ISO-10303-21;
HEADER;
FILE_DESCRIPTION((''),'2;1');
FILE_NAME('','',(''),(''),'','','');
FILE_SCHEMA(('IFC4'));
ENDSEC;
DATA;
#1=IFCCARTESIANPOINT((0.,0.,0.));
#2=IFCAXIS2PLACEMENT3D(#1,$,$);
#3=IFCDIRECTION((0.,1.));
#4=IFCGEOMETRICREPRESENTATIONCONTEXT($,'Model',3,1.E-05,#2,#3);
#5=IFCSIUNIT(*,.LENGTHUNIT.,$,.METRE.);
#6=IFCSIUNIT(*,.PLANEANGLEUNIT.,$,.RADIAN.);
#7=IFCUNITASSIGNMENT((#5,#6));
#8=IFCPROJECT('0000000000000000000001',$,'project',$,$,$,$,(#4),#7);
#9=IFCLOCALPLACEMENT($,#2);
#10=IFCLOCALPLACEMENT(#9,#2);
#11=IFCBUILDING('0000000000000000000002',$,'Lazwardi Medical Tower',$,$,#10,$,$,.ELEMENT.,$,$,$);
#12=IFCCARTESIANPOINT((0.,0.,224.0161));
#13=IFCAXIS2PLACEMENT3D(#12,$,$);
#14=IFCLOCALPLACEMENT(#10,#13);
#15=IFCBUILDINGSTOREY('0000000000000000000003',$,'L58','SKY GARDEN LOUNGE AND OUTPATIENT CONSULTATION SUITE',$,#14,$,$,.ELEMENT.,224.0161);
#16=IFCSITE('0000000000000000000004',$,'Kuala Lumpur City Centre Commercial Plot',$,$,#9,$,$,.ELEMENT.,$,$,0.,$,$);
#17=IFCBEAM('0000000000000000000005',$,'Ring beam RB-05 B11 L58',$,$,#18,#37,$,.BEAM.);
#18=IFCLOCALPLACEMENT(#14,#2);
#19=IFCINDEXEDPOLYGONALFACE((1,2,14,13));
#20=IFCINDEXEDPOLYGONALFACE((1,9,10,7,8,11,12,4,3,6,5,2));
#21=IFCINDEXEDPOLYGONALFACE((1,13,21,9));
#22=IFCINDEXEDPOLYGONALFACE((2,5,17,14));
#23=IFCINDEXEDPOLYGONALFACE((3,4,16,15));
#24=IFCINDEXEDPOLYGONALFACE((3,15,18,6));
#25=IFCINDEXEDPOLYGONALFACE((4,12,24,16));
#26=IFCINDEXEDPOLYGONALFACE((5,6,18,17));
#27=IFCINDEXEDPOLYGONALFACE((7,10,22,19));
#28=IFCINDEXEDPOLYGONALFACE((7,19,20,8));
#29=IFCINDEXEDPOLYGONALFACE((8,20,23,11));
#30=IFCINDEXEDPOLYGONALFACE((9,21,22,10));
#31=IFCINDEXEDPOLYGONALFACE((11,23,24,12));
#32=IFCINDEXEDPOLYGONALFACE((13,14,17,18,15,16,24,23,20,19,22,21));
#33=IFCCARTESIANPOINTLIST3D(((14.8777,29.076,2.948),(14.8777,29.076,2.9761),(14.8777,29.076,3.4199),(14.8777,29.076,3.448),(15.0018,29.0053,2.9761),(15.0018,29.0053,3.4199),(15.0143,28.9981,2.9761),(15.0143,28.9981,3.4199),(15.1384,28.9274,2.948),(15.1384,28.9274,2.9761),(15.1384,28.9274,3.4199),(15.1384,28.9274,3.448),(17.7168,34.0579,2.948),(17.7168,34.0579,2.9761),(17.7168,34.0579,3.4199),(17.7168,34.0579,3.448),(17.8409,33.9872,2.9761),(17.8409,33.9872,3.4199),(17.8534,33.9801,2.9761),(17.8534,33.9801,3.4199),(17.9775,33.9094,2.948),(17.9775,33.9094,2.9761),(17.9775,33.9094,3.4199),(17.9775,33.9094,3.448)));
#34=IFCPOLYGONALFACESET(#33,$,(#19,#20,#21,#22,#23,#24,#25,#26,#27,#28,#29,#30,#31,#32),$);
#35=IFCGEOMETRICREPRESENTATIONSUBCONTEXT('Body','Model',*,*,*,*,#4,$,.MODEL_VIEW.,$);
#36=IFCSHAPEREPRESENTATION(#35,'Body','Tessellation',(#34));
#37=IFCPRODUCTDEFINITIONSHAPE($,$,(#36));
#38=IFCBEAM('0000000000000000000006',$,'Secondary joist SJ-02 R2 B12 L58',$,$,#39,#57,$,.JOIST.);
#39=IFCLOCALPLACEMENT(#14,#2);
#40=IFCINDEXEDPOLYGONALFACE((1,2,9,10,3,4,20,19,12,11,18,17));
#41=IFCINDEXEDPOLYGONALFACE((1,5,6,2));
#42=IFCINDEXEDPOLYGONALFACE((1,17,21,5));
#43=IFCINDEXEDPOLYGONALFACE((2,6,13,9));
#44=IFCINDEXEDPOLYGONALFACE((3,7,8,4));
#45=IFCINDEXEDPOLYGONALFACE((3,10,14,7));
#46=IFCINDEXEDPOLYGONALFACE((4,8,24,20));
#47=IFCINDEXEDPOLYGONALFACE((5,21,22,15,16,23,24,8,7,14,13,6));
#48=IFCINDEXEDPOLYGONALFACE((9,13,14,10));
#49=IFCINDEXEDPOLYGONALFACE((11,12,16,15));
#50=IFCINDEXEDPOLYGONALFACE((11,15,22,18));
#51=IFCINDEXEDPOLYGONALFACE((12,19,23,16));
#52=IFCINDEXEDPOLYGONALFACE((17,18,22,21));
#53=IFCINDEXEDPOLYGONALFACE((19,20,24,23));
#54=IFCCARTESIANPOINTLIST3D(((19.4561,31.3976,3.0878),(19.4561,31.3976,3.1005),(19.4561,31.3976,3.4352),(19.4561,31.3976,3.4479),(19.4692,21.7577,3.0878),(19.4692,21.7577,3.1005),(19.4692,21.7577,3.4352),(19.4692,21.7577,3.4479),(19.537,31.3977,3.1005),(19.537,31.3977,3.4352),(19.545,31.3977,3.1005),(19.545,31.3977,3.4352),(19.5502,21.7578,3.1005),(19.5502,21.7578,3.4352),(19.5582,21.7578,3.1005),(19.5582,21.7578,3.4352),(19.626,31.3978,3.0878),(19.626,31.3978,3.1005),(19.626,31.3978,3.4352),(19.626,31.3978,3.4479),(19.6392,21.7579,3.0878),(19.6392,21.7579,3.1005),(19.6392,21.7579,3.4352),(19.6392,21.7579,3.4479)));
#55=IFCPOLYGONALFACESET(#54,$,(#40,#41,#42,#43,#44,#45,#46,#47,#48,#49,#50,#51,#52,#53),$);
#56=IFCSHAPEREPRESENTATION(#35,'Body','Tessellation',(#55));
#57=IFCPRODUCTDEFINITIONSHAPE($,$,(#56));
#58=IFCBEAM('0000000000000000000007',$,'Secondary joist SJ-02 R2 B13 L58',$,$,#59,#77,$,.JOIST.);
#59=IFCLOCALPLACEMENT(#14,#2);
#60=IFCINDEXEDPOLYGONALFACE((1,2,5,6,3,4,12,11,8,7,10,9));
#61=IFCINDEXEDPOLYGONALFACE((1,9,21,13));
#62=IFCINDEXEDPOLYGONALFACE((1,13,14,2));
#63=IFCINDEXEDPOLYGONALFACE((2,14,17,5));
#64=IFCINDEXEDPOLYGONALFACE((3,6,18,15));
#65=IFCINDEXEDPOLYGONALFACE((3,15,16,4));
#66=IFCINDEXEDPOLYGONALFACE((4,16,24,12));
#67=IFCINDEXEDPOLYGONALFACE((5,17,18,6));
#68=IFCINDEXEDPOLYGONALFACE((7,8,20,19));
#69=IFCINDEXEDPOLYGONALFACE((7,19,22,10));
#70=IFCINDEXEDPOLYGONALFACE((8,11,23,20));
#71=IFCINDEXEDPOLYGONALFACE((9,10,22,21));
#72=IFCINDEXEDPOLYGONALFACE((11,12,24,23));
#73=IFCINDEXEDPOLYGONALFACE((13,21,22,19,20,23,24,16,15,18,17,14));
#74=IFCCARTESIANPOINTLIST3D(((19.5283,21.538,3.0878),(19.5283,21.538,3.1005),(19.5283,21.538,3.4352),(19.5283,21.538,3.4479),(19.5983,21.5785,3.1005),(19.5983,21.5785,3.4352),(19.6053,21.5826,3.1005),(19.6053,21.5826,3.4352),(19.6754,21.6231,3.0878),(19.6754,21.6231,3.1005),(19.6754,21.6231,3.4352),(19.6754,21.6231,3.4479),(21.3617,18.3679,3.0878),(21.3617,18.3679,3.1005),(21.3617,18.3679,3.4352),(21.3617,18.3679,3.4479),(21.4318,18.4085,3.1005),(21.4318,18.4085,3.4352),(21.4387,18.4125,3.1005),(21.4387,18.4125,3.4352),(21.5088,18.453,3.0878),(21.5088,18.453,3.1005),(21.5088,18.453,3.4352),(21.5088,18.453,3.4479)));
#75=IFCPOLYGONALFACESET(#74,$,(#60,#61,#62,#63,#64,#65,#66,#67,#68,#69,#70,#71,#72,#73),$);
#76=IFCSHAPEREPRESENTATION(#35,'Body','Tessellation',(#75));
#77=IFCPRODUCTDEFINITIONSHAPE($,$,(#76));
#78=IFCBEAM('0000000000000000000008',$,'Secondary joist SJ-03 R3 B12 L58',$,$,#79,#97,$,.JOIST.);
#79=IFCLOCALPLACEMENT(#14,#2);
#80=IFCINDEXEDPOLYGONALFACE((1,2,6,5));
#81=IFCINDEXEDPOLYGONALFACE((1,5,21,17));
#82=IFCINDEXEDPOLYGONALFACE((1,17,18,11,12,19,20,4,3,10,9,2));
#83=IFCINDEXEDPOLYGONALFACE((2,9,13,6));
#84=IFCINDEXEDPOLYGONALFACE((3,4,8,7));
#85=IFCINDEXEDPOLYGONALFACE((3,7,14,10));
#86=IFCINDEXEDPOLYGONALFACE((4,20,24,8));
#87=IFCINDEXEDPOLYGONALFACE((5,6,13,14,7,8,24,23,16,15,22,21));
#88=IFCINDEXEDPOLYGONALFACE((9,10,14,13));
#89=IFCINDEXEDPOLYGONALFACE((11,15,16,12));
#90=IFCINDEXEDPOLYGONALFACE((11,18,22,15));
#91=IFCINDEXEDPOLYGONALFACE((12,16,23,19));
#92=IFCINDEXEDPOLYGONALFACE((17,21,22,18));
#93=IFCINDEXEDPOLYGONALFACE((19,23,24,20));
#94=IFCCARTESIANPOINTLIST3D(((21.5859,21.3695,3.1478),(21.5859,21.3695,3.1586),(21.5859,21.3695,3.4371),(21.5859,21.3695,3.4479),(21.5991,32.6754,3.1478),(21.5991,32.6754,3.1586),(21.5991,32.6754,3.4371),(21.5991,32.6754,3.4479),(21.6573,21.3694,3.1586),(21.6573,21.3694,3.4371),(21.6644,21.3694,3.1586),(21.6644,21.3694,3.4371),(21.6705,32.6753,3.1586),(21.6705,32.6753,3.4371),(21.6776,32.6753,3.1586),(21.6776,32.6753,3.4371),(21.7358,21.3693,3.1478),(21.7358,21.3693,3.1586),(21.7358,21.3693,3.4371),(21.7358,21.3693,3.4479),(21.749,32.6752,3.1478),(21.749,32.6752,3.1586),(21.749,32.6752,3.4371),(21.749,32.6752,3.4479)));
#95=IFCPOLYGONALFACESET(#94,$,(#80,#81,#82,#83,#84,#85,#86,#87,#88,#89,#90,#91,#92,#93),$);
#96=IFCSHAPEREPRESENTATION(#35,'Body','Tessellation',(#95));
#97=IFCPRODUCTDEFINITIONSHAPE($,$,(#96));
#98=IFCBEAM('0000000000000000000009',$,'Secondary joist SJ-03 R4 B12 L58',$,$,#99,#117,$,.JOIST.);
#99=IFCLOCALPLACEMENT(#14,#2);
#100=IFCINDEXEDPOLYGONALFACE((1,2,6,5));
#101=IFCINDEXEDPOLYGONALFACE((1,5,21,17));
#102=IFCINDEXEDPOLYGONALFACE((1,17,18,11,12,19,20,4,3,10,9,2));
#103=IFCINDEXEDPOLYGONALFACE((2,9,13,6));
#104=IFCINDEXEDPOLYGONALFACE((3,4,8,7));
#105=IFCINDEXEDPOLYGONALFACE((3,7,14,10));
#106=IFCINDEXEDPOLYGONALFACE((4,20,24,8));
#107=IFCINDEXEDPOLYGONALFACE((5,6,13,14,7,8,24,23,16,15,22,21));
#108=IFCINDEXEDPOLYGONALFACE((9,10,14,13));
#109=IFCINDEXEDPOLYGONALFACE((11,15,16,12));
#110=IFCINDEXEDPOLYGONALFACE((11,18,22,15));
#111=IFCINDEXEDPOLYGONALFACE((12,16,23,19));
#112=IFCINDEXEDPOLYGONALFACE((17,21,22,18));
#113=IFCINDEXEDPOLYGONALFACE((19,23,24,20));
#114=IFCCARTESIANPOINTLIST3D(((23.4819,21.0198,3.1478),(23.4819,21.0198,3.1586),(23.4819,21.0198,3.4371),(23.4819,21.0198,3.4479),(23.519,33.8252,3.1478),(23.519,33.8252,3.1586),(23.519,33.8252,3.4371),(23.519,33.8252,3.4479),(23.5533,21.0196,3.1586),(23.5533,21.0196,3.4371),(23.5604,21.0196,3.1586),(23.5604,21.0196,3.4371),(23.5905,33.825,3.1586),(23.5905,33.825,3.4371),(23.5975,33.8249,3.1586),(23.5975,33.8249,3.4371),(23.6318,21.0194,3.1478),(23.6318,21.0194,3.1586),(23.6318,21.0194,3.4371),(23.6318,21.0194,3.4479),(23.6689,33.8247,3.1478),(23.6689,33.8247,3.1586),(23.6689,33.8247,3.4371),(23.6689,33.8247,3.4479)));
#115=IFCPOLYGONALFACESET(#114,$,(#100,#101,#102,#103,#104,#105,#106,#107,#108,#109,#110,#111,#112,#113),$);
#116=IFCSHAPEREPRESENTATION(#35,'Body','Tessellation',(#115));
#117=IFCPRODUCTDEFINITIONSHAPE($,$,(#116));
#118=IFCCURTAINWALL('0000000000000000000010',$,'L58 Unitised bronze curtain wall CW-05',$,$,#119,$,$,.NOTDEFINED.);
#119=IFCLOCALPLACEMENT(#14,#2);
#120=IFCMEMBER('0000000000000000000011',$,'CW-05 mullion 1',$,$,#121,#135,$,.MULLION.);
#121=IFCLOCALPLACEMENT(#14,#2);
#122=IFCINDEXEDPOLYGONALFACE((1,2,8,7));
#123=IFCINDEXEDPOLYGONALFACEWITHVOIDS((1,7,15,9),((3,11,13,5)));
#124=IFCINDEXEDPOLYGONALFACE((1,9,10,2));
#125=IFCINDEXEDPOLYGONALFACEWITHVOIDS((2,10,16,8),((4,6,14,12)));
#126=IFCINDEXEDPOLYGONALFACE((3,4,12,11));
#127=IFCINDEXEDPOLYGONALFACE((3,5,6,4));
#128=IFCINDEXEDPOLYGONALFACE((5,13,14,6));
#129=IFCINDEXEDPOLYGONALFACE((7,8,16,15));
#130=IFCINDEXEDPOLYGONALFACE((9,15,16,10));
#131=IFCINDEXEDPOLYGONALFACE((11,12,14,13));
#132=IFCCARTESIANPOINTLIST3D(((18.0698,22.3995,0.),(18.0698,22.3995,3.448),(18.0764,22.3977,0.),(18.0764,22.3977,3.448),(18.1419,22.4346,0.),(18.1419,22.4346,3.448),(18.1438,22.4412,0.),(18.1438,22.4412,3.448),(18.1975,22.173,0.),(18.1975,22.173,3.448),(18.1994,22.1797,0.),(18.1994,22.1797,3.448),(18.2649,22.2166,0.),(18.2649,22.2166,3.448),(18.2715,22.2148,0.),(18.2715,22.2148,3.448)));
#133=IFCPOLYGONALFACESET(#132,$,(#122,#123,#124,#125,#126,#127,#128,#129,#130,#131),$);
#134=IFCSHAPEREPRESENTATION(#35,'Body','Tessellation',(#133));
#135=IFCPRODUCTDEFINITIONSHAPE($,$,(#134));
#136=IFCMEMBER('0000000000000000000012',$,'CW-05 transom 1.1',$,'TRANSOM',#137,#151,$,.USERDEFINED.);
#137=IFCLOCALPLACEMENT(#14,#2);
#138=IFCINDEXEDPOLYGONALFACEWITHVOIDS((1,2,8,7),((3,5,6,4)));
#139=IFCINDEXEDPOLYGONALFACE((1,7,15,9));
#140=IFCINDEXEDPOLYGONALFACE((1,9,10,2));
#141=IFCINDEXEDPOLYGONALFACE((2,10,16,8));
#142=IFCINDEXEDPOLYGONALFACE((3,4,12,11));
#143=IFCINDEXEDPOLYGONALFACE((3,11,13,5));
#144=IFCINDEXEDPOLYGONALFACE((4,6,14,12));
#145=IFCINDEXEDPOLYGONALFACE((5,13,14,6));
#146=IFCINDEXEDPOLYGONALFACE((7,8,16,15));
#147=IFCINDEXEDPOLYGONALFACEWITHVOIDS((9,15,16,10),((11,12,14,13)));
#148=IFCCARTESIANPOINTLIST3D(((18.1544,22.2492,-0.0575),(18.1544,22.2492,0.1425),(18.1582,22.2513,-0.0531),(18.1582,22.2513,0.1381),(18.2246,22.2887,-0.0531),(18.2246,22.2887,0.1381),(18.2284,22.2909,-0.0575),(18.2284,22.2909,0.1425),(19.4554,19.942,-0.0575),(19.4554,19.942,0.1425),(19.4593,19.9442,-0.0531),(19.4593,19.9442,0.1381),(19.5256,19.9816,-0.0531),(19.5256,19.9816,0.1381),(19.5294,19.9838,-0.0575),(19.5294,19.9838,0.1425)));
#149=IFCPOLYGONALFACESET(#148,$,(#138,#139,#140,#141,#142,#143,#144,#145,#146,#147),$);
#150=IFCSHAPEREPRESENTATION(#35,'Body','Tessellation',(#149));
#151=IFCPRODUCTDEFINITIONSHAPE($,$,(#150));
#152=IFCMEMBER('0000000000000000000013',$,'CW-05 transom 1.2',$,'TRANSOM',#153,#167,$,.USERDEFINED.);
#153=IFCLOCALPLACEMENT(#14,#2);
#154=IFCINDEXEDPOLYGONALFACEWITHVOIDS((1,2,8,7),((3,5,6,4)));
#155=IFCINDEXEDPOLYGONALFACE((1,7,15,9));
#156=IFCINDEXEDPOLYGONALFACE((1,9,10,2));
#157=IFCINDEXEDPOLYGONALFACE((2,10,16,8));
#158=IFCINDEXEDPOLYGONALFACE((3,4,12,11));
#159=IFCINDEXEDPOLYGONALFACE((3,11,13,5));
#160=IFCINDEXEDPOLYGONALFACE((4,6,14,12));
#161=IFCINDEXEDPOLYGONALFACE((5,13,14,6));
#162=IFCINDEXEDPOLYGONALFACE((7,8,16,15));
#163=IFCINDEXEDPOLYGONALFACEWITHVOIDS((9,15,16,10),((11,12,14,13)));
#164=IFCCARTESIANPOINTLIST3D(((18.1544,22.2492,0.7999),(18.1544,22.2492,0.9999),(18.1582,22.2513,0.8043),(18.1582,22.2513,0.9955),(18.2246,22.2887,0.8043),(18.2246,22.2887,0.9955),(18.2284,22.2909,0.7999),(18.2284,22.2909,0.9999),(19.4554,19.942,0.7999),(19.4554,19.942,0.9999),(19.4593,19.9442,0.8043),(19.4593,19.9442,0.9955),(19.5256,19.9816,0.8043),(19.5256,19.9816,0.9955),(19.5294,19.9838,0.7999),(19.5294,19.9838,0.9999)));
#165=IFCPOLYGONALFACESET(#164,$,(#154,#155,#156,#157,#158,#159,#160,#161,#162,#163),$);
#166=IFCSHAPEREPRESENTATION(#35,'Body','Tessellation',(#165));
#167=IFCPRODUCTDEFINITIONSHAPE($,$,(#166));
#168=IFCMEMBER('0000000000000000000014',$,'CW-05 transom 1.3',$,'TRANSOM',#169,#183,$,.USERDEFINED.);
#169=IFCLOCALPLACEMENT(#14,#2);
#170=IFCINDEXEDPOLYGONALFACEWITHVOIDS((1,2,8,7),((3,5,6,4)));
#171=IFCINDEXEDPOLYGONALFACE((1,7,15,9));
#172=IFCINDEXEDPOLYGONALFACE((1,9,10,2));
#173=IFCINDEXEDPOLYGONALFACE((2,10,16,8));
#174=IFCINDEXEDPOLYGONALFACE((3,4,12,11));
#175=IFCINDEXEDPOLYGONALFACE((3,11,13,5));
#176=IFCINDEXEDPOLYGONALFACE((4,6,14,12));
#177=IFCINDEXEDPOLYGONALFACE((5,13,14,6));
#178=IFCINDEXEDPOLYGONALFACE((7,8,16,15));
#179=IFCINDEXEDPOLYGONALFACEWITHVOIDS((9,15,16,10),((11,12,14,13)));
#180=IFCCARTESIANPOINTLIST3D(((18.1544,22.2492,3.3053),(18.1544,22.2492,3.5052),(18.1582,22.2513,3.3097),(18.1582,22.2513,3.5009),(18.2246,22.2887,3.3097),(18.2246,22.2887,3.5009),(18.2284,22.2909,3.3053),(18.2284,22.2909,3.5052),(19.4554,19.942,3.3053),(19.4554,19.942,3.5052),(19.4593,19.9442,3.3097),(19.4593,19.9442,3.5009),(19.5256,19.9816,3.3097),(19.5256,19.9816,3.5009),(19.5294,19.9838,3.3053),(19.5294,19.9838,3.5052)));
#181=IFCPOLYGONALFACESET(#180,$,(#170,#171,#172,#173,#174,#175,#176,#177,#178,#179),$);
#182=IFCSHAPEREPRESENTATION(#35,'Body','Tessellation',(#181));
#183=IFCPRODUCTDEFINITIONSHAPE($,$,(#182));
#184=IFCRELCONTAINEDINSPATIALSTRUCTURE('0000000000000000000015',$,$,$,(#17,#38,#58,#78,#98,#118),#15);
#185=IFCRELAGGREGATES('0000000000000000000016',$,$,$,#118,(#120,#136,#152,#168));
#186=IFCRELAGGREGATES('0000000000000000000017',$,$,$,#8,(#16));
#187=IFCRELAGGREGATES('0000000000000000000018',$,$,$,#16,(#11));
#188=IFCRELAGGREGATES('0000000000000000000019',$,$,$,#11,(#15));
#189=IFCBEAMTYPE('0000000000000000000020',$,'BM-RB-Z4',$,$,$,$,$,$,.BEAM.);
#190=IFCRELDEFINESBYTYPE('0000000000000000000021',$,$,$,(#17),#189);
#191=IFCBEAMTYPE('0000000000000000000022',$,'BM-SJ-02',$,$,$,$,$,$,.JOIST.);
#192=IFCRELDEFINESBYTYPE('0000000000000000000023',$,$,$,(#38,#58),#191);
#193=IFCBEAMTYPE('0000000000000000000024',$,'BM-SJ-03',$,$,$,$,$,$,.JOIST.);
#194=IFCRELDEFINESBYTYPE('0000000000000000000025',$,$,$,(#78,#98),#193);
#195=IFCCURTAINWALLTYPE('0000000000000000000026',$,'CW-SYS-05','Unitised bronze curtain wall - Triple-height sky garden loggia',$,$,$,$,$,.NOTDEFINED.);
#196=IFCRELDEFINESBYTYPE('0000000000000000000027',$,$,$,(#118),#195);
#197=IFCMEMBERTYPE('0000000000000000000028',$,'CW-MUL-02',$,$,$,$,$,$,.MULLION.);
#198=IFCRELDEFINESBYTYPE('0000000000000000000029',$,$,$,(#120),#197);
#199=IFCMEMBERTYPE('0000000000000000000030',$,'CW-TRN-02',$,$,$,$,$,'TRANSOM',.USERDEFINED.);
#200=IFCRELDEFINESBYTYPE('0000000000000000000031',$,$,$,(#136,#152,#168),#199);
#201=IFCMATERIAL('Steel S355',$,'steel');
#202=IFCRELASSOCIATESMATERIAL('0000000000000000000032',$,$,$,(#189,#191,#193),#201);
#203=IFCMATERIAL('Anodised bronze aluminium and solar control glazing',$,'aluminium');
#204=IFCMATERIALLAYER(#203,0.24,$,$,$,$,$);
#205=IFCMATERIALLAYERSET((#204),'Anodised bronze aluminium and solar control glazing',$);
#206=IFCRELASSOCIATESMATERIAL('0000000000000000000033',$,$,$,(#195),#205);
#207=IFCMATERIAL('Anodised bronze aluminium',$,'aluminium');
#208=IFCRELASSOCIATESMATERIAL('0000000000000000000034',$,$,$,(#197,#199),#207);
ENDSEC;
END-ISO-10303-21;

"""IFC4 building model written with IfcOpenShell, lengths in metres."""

from ifc_helpers import new_model, si_unit, direction, frame, origin, origin_2d, place, context, subcontext, project, spatial, hollow_rectangle, i_section, extrude, material, layer, layer_set, material_profile, profile_set, type_object, element, aggregate, save


model = new_model("IFC4")

# Units and contexts
model_context = context("Model", 3, precision=1e-05, world=origin(), true_north=direction((0.0, 1.0)))
body_context = subcontext(model_context, "Body", "Model", "MODEL_VIEW")
ifc_project = project(units=[si_unit("LENGTHUNIT", "METRE"), si_unit("PLANEANGLEUNIT", "RADIAN")], contexts=[model_context])

# Site, building, storey
site_placement = place(None, origin())
site = spatial("IfcSite", under=ifc_project, at=site_placement, Name="Kuala Lumpur City Centre Commercial Plot", CompositionType="ELEMENT", RefElevation=0.0)
building_placement = place(site_placement, origin())
building = spatial("IfcBuilding", under=site, at=building_placement, Name="Lazwardi Medical Tower", CompositionType="ELEMENT")
storey_placement = place(building_placement, frame((0.0, 0.0, 224.0161)))
storey = spatial("IfcBuildingStorey", under=building, at=storey_placement, Name="L58", Description="SKY GARDEN LOUNGE AND OUTPATIENT CONSULTATION SUITE", CompositionType="ELEMENT", Elevation=224.0161)

# Beams
ifc_material_1 = material(Name="Steel S355", Category="steel")
ifc_material_profile_1 = material_profile(ifc_material_1, i_section(OverallWidth=0.3, OverallDepth=0.5, WebThickness=0.0144, FlangeThickness=0.0281, at=origin_2d()), Name="HEB 500")
ifc_profile_set_1 = profile_set([ifc_material_profile_1], Name="Steel S355")
beam_type_1 = type_object("IfcBeamType", Name="BM-RB-Z4", PredefinedType="BEAM", material=ifc_profile_set_1)
beam_1_placement = place(storey_placement, frame((17.8472, 33.9836, 3.198), z_axis=(-0.495125, -0.868822, 0.0), x_axis=(0.868822, -0.495125, 0.0)))
element("IfcBeam", 1, at=beam_1_placement, inside=storey, type_object=beam_type_1, Name="Ring beam RB-05 B11 L58", PredefinedType="BEAM", context=body_context, shape_type="SweptSolid", body=[
    extrude(i_section(OverallWidth=0.3, OverallDepth=0.5, WebThickness=0.0144, FlangeThickness=0.0281, at=origin_2d()), origin(), (0.0, 0.0, 1.0), 5.7341),
])
ifc_material_profile_2 = material_profile(ifc_material_1, i_section(OverallWidth=0.1699, OverallDepth=0.3601, WebThickness=0.0081, FlangeThickness=0.0127, at=origin_2d()), Name="IPE 360")
ifc_profile_set_2 = profile_set([ifc_material_profile_2], Name="Steel S355")
beam_type_2 = type_object("IfcBeamType", Name="BM-SJ-02", PredefinedType="JOIST", material=ifc_profile_set_2)
beam_2_placement = place(storey_placement, frame((19.541, 31.3977, 3.2678), z_axis=(0.001368, -0.999999, 0.0), x_axis=(0.999999, 0.001368, 0.0)))
element("IfcBeam", 2, at=beam_2_placement, inside=storey, type_object=beam_type_2, Name="Secondary joist SJ-02 R2 B12 L58", PredefinedType="JOIST", context=body_context, shape_type="SweptSolid", body=[
    extrude(i_section(OverallWidth=0.1699, OverallDepth=0.3601, WebThickness=0.0081, FlangeThickness=0.0127, at=origin_2d()), origin(), (0.0, 0.0, 1.0), 9.6399),
])
beam_3_placement = place(storey_placement, frame((19.6018, 21.5806, 3.2678), z_axis=(0.500655, -0.865647, 0.0), x_axis=(0.865647, 0.500655, 0.0)))
element("IfcBeam", 3, at=beam_3_placement, inside=storey, type_object=beam_type_2, Name="Secondary joist SJ-02 R2 B13 L58", PredefinedType="JOIST", context=body_context, shape_type="SweptSolid", body=[
    extrude(i_section(OverallWidth=0.1699, OverallDepth=0.3601, WebThickness=0.0081, FlangeThickness=0.0127, at=origin_2d()), origin(), (0.0, 0.0, 1.0), 3.6621),
])
ifc_material_profile_3 = material_profile(ifc_material_1, i_section(OverallWidth=0.1499, OverallDepth=0.3, WebThickness=0.0071, FlangeThickness=0.0107, at=origin_2d()), Name="IPE 300")
ifc_profile_set_3 = profile_set([ifc_material_profile_3], Name="Steel S355")
beam_type_3 = type_object("IfcBeamType", Name="BM-SJ-03", PredefinedType="JOIST", material=ifc_profile_set_3)
beam_4_placement = place(storey_placement, frame((21.6741, 32.6753, 3.2979), z_axis=(-0.001166, -0.999999, 0.0), x_axis=(0.999999, -0.001166, 0.0)))
element("IfcBeam", 4, at=beam_4_placement, inside=storey, type_object=beam_type_3, Name="Secondary joist SJ-03 R3 B12 L58", PredefinedType="JOIST", context=body_context, shape_type="SweptSolid", body=[
    extrude(i_section(OverallWidth=0.1499, OverallDepth=0.3, WebThickness=0.0071, FlangeThickness=0.0107, at=origin_2d()), origin(), (0.0, 0.0, 1.0), 11.3059),
])
beam_5_placement = place(storey_placement, frame((23.594, 33.825, 3.2979), z_axis=(-0.002898, -0.999996, 0.0), x_axis=(0.999996, -0.002898, 0.0)))
element("IfcBeam", 5, at=beam_5_placement, inside=storey, type_object=beam_type_3, Name="Secondary joist SJ-03 R4 B12 L58", PredefinedType="JOIST", context=body_context, shape_type="SweptSolid", body=[
    extrude(i_section(OverallWidth=0.1499, OverallDepth=0.3, WebThickness=0.0071, FlangeThickness=0.0107, at=origin_2d()), origin(), (0.0, 0.0, 1.0), 12.8054),
])

# Curtain wall, members
ifc_material_2 = material(Name="Anodised bronze aluminium and solar control glazing", Category="aluminium")
ifc_layer_1 = layer(ifc_material_2, 0.24)
ifc_layer_set_1 = layer_set([ifc_layer_1], Name="Anodised bronze aluminium and solar control glazing")
curtain_wall_type = type_object("IfcCurtainWallType", Name="CW-SYS-05", Description="Unitised bronze curtain wall - Triple-height sky garden loggia", PredefinedType="NOTDEFINED", material=ifc_layer_set_1)
curtain_wall_placement = place(storey_placement, origin())
curtain_wall = element("IfcCurtainWall", 6, at=curtain_wall_placement, inside=storey, type_object=curtain_wall_type, Name="L58 Unitised bronze curtain wall CW-05", PredefinedType="NOTDEFINED")
ifc_material_3 = material(Name="Anodised bronze aluminium", Category="aluminium")
ifc_material_profile_4 = material_profile(ifc_material_3, hollow_rectangle(XDim=0.085, YDim=0.26, WallThickness=0.0049, at=origin_2d()), Name="ALU-MULLION 260x85x5")
ifc_profile_set_4 = profile_set([ifc_material_profile_4], Name="Anodised bronze aluminium")
member_type_1 = type_object("IfcMemberType", Name="CW-MUL-02", PredefinedType="MULLION", material=ifc_profile_set_4)
member_1_placement = place(storey_placement, frame((18.1707, 22.3071, 0.0), z_axis=(0.0, 0.0, 1.0), x_axis=(0.871061, 0.491176, 0.0)))
member_1 = element("IfcMember", 7, at=member_1_placement, type_object=member_type_1, Name="CW-05 mullion 1", PredefinedType="MULLION", context=body_context, shape_type="SweptSolid", body=[
    extrude(hollow_rectangle(XDim=0.085, YDim=0.26, WallThickness=0.0049, at=origin_2d()), origin(), (0.0, 0.0, 1.0), 3.448),
])
ifc_material_profile_5 = material_profile(ifc_material_3, hollow_rectangle(XDim=0.085, YDim=0.2, WallThickness=0.0044, at=origin_2d()), Name="ALU-TRANSOM 200x85x4.5")
ifc_profile_set_5 = profile_set([ifc_material_profile_5], Name="Anodised bronze aluminium")
member_type_2 = type_object("IfcMemberType", Name="CW-TRN-02", ElementType="TRANSOM", PredefinedType="USERDEFINED", material=ifc_profile_set_5)
member_2_placement = place(storey_placement, frame((18.1914, 22.27, 0.0425), z_axis=(0.491197, -0.871048, 0.0), x_axis=(0.871048, 0.491197, 0.0)))
member_2 = element("IfcMember", 8, at=member_2_placement, type_object=member_type_2, Name="CW-05 transom 1.1", ObjectType="TRANSOM", PredefinedType="USERDEFINED", context=body_context, shape_type="SweptSolid", body=[
    extrude(hollow_rectangle(XDim=0.085, YDim=0.2, WallThickness=0.0044, at=origin_2d()), origin(), (0.0, 0.0, 1.0), 2.6487),
])
member_3_placement = place(storey_placement, frame((18.1914, 22.27, 0.8999), z_axis=(0.491197, -0.871048, 0.0), x_axis=(0.871048, 0.491197, 0.0)))
member_3 = element("IfcMember", 9, at=member_3_placement, type_object=member_type_2, Name="CW-05 transom 1.2", ObjectType="TRANSOM", PredefinedType="USERDEFINED", context=body_context, shape_type="SweptSolid", body=[
    extrude(hollow_rectangle(XDim=0.085, YDim=0.2, WallThickness=0.0044, at=origin_2d()), origin(), (0.0, 0.0, 1.0), 2.6487),
])
member_4_placement = place(storey_placement, frame((18.1914, 22.27, 3.4053), z_axis=(0.491197, -0.871048, 0.0), x_axis=(0.871048, 0.491197, 0.0)))
member_4 = element("IfcMember", 10, at=member_4_placement, type_object=member_type_2, Name="CW-05 transom 1.3", ObjectType="TRANSOM", PredefinedType="USERDEFINED", context=body_context, shape_type="SweptSolid", body=[
    extrude(hollow_rectangle(XDim=0.085, YDim=0.2, WallThickness=0.0044, at=origin_2d()), origin(), (0.0, 0.0, 1.0), 2.6487),
])
aggregate(curtain_wall, [member_1, member_2, member_3, member_4])

save(model, "model.ifc")
